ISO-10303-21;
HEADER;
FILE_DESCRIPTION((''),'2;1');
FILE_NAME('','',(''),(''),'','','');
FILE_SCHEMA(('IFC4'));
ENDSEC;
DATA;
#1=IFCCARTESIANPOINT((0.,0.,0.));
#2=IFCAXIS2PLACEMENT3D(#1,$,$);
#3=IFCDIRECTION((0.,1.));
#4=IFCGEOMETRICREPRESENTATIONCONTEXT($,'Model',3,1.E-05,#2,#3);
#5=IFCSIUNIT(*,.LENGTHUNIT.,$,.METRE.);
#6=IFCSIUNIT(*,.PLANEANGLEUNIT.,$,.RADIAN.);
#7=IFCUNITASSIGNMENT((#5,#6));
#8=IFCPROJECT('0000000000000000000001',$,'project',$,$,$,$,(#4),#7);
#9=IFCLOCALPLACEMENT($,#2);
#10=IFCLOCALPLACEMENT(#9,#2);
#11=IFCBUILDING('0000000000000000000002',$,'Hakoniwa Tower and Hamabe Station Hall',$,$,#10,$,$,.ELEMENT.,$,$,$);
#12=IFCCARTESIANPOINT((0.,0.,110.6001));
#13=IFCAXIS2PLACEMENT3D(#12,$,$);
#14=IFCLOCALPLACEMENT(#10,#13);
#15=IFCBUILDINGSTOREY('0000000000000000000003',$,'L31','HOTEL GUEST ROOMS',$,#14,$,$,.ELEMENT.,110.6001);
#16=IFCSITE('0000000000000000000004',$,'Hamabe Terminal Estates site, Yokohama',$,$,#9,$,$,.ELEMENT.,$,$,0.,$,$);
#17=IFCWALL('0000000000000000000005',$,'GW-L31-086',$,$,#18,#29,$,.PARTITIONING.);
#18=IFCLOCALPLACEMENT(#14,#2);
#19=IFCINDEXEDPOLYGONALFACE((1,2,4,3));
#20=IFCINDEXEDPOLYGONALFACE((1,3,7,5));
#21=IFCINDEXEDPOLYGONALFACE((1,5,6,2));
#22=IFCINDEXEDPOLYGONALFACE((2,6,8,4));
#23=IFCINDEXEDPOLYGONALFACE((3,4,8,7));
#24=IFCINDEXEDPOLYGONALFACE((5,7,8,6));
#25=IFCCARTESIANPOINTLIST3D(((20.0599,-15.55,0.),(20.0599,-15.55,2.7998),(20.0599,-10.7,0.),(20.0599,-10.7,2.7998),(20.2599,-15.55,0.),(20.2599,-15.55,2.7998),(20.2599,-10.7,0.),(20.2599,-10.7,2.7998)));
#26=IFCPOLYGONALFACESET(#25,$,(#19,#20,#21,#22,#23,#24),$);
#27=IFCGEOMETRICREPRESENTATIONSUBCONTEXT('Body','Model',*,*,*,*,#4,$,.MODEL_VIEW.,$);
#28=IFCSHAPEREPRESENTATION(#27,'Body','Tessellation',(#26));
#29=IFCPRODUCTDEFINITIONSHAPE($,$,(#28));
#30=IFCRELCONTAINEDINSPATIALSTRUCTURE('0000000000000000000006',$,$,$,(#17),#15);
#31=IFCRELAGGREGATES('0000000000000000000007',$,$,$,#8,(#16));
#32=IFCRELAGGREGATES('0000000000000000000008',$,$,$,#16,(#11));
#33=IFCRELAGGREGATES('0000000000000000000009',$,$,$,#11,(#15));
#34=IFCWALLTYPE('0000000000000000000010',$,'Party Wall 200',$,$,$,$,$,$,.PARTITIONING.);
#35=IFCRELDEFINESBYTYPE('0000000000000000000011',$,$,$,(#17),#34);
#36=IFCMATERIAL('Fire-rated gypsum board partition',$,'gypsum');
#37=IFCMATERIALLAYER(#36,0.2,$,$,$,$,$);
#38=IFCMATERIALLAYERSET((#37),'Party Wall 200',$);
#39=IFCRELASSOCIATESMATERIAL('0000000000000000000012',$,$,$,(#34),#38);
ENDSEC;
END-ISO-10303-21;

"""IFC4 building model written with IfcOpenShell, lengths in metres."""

from ifc_helpers import new_model, si_unit, direction, frame, frame_2d, origin, place, context, subcontext, project, spatial, rectangle, extrude, material, layer, layer_set, type_object, element, save


model = new_model("IFC4")

# Units and contexts
model_context = context("Model", 3, precision=1e-05, world=origin(), true_north=direction((0.0, 1.0)))
body_context = subcontext(model_context, "Body", "Model", "MODEL_VIEW")
ifc_project = project(units=[si_unit("LENGTHUNIT", "METRE"), si_unit("PLANEANGLEUNIT", "RADIAN")], contexts=[model_context])

# Site, building, storey
site_placement = place(None, origin())
site = spatial("IfcSite", under=ifc_project, at=site_placement, Name="Hamabe Terminal Estates site, Yokohama", CompositionType="ELEMENT", RefElevation=0.0)
building_placement = place(site_placement, origin())
building = spatial("IfcBuilding", under=site, at=building_placement, Name="Hakoniwa Tower and Hamabe Station Hall", CompositionType="ELEMENT")
storey_placement = place(building_placement, frame((0.0, 0.0, 110.6001)))
storey = spatial("IfcBuildingStorey", under=building, at=storey_placement, Name="L31", Description="HOTEL GUEST ROOMS", CompositionType="ELEMENT", Elevation=110.6001)

# Wall
ifc_material_1 = material(Name="Fire-rated gypsum board partition", Category="gypsum")
ifc_layer_1 = layer(ifc_material_1, 0.2)
ifc_layer_set_1 = layer_set([ifc_layer_1], Name="Party Wall 200")
wall_type_1 = type_object("IfcWallType", Name="Party Wall 200", PredefinedType="PARTITIONING", material=ifc_layer_set_1)
wall_1_placement = place(storey_placement, frame((20.1599, -15.55, 0.0), z_axis=(0.0, 0.0, 1.0), x_axis=(0.0, 1.0, 0.0)))
element("IfcWall", 1, at=wall_1_placement, inside=storey, type_object=wall_type_1, Name="GW-L31-086", PredefinedType="PARTITIONING", context=body_context, shape_type="SweptSolid", body=[
    extrude(rectangle(XDim=4.8501, YDim=0.2, at=frame_2d((2.425, 0.0))), origin(), (0.0, 0.0, 1.0), 2.7998),
])

save(model, "model.ifc")
